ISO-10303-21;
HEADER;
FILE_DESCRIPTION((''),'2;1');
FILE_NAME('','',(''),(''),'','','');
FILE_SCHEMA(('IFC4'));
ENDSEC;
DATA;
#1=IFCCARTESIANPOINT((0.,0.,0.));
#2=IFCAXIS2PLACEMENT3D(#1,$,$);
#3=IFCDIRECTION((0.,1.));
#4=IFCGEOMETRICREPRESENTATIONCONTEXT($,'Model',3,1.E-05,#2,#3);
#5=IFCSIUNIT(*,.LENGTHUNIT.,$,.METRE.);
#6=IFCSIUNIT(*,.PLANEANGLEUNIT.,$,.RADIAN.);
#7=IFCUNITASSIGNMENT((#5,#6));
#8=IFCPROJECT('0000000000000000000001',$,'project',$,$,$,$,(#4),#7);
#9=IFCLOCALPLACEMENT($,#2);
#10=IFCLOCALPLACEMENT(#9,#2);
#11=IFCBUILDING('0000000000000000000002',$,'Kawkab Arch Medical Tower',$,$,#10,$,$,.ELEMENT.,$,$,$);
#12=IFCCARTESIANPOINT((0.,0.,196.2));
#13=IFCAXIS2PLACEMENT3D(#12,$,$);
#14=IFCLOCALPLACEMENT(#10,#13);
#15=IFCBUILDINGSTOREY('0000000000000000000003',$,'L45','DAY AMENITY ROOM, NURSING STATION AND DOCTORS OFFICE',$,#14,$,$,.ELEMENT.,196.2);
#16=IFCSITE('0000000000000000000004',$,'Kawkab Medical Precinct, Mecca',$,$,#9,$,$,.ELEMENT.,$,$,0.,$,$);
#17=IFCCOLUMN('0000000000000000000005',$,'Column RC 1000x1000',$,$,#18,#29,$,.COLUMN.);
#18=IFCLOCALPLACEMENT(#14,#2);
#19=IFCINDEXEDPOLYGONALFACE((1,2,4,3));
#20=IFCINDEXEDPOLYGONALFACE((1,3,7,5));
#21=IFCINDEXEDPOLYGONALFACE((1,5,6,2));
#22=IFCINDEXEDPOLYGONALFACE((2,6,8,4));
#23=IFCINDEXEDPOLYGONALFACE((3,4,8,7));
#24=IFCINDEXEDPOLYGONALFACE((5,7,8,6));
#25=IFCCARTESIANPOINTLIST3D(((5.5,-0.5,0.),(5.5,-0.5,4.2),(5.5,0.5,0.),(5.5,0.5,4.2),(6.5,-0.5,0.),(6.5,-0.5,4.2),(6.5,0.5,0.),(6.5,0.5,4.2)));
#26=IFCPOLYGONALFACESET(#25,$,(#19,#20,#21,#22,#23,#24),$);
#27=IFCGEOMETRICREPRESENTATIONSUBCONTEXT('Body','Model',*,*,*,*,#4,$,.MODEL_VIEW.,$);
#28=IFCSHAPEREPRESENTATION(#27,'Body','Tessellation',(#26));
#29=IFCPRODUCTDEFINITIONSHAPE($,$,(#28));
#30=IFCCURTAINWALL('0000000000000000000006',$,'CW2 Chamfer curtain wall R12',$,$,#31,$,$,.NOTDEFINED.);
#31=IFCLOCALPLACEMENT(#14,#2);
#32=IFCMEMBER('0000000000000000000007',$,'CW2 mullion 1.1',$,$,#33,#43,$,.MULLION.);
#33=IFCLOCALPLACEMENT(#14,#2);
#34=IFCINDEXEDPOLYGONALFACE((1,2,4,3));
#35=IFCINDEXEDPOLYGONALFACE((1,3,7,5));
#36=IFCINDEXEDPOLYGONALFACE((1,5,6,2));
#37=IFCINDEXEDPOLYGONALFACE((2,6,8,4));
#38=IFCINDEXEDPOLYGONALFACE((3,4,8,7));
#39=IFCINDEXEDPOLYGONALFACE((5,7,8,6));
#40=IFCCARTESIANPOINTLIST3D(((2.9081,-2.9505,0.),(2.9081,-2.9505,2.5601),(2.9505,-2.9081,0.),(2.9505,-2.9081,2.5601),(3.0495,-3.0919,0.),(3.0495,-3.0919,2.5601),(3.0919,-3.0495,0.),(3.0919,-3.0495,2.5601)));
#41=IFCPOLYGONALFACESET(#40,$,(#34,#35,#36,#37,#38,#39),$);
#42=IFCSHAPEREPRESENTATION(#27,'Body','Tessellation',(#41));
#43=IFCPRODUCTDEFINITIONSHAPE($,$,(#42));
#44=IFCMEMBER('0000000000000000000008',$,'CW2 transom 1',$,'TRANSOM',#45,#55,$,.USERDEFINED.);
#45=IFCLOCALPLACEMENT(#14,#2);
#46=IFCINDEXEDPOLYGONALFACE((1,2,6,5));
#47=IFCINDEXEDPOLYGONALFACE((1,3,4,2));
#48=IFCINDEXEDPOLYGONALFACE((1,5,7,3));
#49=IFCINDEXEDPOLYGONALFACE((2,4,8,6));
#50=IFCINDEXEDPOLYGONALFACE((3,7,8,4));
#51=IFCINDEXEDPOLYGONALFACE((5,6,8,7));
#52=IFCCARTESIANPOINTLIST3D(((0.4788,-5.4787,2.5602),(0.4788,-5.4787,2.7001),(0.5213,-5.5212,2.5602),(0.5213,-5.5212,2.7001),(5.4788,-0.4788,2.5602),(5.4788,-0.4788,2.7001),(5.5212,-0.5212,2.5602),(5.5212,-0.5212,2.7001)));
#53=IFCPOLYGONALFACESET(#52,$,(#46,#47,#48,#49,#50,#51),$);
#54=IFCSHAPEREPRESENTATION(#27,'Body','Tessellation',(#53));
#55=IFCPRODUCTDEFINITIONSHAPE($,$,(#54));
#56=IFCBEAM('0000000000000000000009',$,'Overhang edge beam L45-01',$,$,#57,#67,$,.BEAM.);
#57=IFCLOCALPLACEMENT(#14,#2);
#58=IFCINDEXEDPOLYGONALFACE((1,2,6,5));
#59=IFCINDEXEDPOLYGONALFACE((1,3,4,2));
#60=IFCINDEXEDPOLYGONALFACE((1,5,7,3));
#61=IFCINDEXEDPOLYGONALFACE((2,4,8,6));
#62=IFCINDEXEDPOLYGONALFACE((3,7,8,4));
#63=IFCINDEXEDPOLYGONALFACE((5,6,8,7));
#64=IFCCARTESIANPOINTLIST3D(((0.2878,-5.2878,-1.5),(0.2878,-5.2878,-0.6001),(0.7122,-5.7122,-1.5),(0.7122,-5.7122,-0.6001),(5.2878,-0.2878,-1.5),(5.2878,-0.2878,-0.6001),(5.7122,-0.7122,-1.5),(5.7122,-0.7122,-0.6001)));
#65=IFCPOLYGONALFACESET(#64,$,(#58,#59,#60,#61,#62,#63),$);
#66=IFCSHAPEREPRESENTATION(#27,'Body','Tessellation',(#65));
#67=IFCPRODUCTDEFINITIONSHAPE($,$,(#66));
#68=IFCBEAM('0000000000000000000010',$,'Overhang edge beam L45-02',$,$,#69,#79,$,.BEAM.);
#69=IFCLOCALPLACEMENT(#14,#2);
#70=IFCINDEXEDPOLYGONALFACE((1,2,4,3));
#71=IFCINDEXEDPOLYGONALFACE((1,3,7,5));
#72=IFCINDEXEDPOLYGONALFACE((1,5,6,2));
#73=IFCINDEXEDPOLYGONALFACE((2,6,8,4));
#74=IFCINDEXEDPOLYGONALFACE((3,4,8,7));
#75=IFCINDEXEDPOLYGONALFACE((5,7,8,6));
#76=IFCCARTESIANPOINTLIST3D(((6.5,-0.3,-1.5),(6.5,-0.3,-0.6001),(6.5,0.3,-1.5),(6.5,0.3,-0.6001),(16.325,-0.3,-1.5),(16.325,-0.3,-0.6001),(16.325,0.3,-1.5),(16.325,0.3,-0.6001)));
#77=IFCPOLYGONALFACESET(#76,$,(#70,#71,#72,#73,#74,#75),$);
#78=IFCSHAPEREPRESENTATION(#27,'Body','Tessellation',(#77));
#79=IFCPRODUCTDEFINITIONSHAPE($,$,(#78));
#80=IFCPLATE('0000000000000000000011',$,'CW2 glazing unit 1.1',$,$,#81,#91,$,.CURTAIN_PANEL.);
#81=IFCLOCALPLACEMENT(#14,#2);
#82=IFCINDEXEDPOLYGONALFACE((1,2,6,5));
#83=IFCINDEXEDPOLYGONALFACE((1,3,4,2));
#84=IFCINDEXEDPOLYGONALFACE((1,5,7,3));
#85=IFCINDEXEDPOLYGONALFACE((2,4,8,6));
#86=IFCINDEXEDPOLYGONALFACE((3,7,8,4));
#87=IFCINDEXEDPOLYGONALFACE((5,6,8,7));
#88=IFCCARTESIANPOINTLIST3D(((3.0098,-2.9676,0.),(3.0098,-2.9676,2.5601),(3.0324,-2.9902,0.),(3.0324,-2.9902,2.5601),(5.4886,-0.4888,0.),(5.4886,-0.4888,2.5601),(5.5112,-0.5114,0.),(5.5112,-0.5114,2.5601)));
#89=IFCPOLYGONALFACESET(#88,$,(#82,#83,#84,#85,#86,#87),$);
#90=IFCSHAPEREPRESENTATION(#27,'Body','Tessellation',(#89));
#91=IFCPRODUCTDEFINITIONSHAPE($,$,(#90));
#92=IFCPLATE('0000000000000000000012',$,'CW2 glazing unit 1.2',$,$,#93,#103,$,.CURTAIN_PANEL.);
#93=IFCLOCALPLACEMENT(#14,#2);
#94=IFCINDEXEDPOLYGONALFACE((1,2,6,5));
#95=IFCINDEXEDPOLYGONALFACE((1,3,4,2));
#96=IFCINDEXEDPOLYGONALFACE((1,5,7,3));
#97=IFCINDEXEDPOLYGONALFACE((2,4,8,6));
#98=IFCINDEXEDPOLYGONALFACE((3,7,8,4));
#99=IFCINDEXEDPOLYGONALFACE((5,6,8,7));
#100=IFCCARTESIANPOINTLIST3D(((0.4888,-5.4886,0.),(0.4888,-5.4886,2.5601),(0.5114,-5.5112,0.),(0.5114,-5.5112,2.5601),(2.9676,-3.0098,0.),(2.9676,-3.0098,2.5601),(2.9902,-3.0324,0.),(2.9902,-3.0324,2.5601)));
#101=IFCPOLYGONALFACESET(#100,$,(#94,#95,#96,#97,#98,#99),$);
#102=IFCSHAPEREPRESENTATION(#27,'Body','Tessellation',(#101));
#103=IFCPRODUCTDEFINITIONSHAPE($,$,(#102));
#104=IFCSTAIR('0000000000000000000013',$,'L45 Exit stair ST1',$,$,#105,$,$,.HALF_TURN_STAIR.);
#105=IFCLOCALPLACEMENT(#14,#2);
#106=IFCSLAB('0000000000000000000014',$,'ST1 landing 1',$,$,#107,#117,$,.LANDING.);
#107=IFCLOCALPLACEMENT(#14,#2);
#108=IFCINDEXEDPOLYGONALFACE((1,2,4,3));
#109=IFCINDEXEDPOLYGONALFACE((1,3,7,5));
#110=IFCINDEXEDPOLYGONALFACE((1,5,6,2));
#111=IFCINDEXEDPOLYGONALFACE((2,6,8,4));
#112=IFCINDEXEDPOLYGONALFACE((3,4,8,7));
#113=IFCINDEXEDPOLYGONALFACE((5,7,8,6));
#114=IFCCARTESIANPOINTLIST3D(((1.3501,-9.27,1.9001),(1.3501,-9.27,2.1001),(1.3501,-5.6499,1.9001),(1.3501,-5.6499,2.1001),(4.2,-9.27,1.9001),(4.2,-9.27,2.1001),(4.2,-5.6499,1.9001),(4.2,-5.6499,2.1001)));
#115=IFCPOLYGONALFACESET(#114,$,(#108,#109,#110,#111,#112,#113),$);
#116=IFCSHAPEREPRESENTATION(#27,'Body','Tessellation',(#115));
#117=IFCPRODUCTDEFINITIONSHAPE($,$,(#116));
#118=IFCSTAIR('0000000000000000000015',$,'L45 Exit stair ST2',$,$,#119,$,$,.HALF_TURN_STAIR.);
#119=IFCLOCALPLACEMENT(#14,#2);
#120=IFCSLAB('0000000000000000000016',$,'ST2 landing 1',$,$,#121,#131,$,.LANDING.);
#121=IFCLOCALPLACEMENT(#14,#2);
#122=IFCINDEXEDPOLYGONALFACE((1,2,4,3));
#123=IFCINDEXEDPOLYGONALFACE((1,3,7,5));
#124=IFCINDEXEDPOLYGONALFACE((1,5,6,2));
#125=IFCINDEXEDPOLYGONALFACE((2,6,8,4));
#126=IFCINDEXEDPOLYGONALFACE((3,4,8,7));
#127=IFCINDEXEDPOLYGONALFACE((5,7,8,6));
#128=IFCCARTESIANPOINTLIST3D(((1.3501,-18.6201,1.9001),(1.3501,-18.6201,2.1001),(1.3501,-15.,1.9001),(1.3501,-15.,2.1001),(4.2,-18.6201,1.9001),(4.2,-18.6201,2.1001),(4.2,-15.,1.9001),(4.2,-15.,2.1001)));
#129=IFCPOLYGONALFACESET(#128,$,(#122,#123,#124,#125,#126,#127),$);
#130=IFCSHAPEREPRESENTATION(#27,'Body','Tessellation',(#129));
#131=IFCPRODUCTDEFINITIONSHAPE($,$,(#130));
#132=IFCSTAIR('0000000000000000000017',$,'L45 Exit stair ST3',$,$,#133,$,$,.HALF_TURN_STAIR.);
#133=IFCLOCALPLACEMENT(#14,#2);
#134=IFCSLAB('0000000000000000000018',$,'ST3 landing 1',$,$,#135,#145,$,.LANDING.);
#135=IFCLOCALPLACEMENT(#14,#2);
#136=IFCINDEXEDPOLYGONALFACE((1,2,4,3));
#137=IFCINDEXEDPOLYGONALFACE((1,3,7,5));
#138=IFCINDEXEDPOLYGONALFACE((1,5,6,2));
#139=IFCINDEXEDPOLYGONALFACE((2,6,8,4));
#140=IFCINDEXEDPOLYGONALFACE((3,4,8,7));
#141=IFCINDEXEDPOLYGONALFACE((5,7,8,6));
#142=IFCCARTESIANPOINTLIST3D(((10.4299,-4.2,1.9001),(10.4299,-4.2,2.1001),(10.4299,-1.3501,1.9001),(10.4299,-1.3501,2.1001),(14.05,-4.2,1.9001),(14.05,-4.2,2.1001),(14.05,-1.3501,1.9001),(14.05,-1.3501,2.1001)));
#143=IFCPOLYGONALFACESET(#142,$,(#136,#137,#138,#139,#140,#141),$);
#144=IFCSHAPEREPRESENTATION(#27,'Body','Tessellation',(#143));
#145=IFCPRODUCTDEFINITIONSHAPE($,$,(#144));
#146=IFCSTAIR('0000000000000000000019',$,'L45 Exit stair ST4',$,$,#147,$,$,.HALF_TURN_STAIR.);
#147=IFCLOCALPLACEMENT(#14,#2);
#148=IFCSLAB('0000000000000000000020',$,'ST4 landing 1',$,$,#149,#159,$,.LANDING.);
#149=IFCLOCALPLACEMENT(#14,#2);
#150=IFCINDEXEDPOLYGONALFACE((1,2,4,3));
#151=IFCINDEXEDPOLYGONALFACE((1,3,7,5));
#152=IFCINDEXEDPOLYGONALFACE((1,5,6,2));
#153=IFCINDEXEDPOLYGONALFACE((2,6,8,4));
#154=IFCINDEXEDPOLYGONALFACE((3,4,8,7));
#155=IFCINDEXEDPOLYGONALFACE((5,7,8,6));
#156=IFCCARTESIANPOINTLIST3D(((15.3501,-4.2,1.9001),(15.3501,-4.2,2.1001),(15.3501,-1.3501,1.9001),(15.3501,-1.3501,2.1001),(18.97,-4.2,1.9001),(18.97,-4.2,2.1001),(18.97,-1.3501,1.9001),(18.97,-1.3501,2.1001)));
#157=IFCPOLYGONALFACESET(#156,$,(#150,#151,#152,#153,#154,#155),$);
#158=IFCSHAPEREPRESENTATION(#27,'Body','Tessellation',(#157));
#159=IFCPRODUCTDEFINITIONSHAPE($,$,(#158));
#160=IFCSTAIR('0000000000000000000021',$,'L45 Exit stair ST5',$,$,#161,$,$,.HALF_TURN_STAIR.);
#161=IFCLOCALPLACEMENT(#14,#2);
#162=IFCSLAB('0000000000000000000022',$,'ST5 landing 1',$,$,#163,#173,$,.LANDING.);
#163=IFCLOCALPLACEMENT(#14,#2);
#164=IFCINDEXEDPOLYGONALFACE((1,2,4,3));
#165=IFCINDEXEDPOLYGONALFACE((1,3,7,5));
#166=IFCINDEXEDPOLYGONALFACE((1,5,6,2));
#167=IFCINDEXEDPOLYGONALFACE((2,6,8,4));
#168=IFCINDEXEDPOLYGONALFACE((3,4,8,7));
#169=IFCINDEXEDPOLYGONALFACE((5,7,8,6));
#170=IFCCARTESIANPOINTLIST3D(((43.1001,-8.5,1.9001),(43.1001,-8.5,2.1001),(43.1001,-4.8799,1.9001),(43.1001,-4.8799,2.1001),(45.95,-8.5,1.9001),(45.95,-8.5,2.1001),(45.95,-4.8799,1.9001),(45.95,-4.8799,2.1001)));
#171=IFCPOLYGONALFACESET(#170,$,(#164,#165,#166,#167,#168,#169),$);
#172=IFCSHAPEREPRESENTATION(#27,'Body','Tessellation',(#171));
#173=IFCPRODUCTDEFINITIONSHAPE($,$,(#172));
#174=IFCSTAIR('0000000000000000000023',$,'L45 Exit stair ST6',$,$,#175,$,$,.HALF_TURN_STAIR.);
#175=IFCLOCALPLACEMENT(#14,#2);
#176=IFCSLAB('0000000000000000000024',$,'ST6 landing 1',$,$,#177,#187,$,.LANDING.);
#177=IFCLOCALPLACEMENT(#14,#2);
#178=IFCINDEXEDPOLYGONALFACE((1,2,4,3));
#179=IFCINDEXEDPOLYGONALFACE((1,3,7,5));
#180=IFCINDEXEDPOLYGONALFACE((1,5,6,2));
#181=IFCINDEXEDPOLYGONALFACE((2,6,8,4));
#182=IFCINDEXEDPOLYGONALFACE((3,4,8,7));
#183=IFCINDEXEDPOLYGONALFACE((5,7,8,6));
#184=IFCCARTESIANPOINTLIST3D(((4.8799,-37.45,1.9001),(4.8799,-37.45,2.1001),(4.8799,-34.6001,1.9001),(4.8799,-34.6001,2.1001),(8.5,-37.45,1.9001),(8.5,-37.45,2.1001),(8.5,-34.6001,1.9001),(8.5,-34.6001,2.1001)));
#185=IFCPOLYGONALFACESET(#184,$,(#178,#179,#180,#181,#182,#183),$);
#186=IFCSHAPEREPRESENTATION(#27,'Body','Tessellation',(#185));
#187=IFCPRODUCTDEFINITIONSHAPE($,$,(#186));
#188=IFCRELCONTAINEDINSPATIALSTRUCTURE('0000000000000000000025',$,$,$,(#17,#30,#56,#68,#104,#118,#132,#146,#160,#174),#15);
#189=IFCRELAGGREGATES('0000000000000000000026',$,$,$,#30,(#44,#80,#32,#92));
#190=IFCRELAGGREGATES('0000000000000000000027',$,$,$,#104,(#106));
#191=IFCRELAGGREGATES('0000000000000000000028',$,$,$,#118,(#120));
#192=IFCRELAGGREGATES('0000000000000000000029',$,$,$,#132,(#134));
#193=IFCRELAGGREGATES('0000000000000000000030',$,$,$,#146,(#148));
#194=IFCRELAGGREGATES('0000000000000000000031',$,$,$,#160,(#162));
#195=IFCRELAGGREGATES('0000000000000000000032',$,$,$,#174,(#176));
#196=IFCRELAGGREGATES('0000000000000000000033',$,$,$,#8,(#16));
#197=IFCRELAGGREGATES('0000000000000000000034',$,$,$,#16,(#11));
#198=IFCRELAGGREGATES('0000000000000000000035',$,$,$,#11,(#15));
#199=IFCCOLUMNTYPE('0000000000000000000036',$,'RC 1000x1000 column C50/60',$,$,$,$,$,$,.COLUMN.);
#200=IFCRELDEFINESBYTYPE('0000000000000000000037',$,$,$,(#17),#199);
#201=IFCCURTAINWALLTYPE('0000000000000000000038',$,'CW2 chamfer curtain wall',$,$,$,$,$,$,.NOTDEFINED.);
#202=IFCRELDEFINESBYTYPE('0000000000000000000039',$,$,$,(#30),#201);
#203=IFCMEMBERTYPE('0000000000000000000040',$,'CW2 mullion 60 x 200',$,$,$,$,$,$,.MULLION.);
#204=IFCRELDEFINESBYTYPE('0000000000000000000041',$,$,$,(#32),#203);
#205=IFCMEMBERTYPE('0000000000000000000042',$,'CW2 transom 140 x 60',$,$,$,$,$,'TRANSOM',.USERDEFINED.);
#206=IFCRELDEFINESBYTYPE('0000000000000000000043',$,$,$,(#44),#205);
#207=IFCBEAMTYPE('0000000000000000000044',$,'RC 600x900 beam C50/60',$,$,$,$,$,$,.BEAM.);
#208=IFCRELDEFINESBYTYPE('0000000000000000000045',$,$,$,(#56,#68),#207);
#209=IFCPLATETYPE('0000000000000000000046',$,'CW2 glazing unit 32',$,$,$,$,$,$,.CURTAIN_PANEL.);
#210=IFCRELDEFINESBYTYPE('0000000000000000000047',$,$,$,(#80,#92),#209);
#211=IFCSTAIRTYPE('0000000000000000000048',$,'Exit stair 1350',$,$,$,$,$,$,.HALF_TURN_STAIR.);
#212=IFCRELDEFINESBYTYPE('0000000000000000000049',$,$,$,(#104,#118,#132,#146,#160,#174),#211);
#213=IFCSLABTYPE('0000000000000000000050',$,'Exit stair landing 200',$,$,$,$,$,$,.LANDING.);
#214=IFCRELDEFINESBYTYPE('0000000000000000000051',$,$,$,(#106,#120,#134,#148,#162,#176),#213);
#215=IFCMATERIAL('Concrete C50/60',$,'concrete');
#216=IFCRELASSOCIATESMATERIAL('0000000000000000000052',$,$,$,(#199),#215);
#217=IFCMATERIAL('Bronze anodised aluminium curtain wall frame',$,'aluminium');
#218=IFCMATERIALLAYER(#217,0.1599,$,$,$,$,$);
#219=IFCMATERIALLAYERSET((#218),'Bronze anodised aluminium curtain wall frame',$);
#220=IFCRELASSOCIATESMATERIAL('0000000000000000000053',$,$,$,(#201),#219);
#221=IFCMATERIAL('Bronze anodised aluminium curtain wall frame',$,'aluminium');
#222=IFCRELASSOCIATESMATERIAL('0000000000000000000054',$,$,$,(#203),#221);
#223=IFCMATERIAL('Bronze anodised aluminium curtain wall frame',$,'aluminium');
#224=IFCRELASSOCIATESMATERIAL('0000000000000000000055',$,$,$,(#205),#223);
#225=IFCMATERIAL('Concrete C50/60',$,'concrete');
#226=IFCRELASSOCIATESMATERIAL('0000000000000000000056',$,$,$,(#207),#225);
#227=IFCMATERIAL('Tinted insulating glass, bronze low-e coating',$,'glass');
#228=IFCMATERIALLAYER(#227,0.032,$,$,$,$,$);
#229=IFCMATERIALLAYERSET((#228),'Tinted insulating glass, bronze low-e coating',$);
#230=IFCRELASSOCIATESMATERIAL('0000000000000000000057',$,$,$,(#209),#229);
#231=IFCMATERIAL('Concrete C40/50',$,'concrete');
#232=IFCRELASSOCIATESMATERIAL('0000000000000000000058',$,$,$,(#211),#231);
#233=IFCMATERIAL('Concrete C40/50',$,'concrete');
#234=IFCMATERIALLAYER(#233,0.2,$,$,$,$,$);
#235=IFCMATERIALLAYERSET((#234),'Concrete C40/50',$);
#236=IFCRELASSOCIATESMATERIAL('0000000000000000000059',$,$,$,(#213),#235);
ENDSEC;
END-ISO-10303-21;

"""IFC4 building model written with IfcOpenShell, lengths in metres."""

from ifc_helpers import new_model, si_unit, direction, frame, origin, origin_2d, place, context, subcontext, project, spatial, polyline, rectangle, outline, extrude, material, layer, layer_set, material_profile, profile_set, type_object, element, aggregate, save


model = new_model("IFC4")

# Units and contexts
model_context = context("Model", 3, precision=1e-05, world=origin(), true_north=direction((0.0, 1.0)))
body_context = subcontext(model_context, "Body", "Model", "MODEL_VIEW")
ifc_project = project(units=[si_unit("LENGTHUNIT", "METRE"), si_unit("PLANEANGLEUNIT", "RADIAN")], contexts=[model_context])

# Site, building, storey
site_placement = place(None, origin())
site = spatial("IfcSite", under=ifc_project, at=site_placement, Name="Kawkab Medical Precinct, Mecca", CompositionType="ELEMENT", RefElevation=0.0)
building_placement = place(site_placement, origin())
building = spatial("IfcBuilding", under=site, at=building_placement, Name="Kawkab Arch Medical Tower", CompositionType="ELEMENT")
storey_placement = place(building_placement, frame((0.0, 0.0, 196.2)))
storey = spatial("IfcBuildingStorey", under=building, at=storey_placement, Name="L45", Description="DAY AMENITY ROOM, NURSING STATION AND DOCTORS OFFICE", CompositionType="ELEMENT", Elevation=196.2)

# Column
ifc_material_1 = material(Name="Concrete C50/60", Category="concrete")
ifc_material_profile_1 = material_profile(ifc_material_1, rectangle(XDim=1.0, YDim=1.0, at=origin_2d()), Name="RC 1000x1000")
ifc_profile_set_1 = profile_set([ifc_material_profile_1], Name="Concrete C50/60")
column_type = type_object("IfcColumnType", Name="RC 1000x1000 column C50/60", PredefinedType="COLUMN", material=ifc_profile_set_1)
column_placement = place(storey_placement, frame((6.0, 0.0, 0.0), z_axis=(0.0, 0.0, 1.0), x_axis=(1.0, 0.0, 0.0)))
element("IfcColumn", 1, at=column_placement, inside=storey, type_object=column_type, Name="Column RC 1000x1000", PredefinedType="COLUMN", context=body_context, shape_type="SweptSolid", body=[
    extrude(rectangle(XDim=1.0, YDim=1.0, at=origin_2d()), origin(), (0.0, 0.0, 1.0), 4.2),
])

# Curtain wall, members
ifc_material_2 = material(Name="Bronze anodised aluminium curtain wall frame", Category="aluminium")
ifc_layer_1 = layer(ifc_material_2, 0.1599)
ifc_layer_set_1 = layer_set([ifc_layer_1], Name="Bronze anodised aluminium curtain wall frame")
curtain_wall_type = type_object("IfcCurtainWallType", Name="CW2 chamfer curtain wall", PredefinedType="NOTDEFINED", material=ifc_layer_set_1)
placement_1 = place(storey_placement, origin())
curtain_wall = element("IfcCurtainWall", 2, at=placement_1, inside=storey, type_object=curtain_wall_type, Name="CW2 Chamfer curtain wall R12", PredefinedType="NOTDEFINED")
ifc_material_3 = material(Name="Bronze anodised aluminium curtain wall frame", Category="aluminium")
ifc_material_profile_2 = material_profile(ifc_material_3, rectangle(XDim=0.2, YDim=0.0601, at=origin_2d()), Name="AL 60x200")
ifc_profile_set_2 = profile_set([ifc_material_profile_2], Name="Bronze anodised aluminium curtain wall frame")
member_type_1 = type_object("IfcMemberType", Name="CW2 mullion 60 x 200", PredefinedType="MULLION", material=ifc_profile_set_2)
member_1_placement = place(storey_placement, frame((3.0, -3.0, 0.0), z_axis=(0.0, 0.0, 1.0), x_axis=(0.707107, -0.707107, 0.0)))
member_1 = element("IfcMember", 3, at=member_1_placement, type_object=member_type_1, Name="CW2 mullion 1.1", PredefinedType="MULLION", context=body_context, shape_type="SweptSolid", body=[
    extrude(rectangle(XDim=0.2, YDim=0.0601, at=origin_2d()), origin(), (0.0, 0.0, 1.0), 2.5601),
])
ifc_material_4 = material(Name="Bronze anodised aluminium curtain wall frame", Category="aluminium")
ifc_material_profile_3 = material_profile(ifc_material_4, rectangle(XDim=0.0601, YDim=0.1399, at=origin_2d()), Name="AL 60x140")
ifc_profile_set_3 = profile_set([ifc_material_profile_3], Name="Bronze anodised aluminium curtain wall frame")
member_type_2 = type_object("IfcMemberType", Name="CW2 transom 140 x 60", ElementType="TRANSOM", PredefinedType="USERDEFINED", material=ifc_profile_set_3)
member_2_placement = place(storey_placement, frame((5.5, -0.5, 2.6301), z_axis=(-0.707107, -0.707107, 0.0), x_axis=(0.707107, -0.707107, 0.0)))
member_2 = element("IfcMember", 4, at=member_2_placement, type_object=member_type_2, Name="CW2 transom 1", ObjectType="TRANSOM", PredefinedType="USERDEFINED", context=body_context, shape_type="SweptSolid", body=[
    extrude(rectangle(XDim=0.0601, YDim=0.1399, at=origin_2d()), origin(), (0.0, 0.0, 1.0), 7.071),
])

# Beams
ifc_material_5 = material(Name="Concrete C50/60", Category="concrete")
ifc_material_profile_4 = material_profile(ifc_material_5, rectangle(XDim=0.6001, YDim=0.8999, at=origin_2d()), Name="RC 600x900")
ifc_profile_set_4 = profile_set([ifc_material_profile_4], Name="Concrete C50/60")
beam_type = type_object("IfcBeamType", Name="RC 600x900 beam C50/60", PredefinedType="BEAM", material=ifc_profile_set_4)
beam_1_placement = place(storey_placement, frame((0.5, -5.5, -1.05), z_axis=(0.707107, 0.707107, 0.0), x_axis=(-0.707107, 0.707107, 0.0)))
element("IfcBeam", 5, at=beam_1_placement, inside=storey, type_object=beam_type, Name="Overhang edge beam L45-01", PredefinedType="BEAM", context=body_context, shape_type="SweptSolid", body=[
    extrude(rectangle(XDim=0.6001, YDim=0.8999, at=origin_2d()), origin(), (0.0, 0.0, 1.0), 7.071),
])
beam_2_placement = place(storey_placement, frame((6.5, 0.0, -1.05), z_axis=(1.0, 0.0, 0.0), x_axis=(0.0, 1.0, 0.0)))
element("IfcBeam", 6, at=beam_2_placement, inside=storey, type_object=beam_type, Name="Overhang edge beam L45-02", PredefinedType="BEAM", context=body_context, shape_type="SweptSolid", body=[
    extrude(rectangle(XDim=0.6001, YDim=0.8999, at=origin_2d()), origin(), (0.0, 0.0, 1.0), 9.825),
])

# Plates
ifc_material_6 = material(Name="Tinted insulating glass, bronze low-e coating", Category="glass")
ifc_layer_2 = layer(ifc_material_6, 0.032)
ifc_layer_set_2 = layer_set([ifc_layer_2], Name="Tinted insulating glass, bronze low-e coating")
plate_type = type_object("IfcPlateType", Name="CW2 glazing unit 32", PredefinedType="CURTAIN_PANEL", material=ifc_layer_set_2)
plate_1_placement = place(storey_placement, frame((4.2605, -1.7395, 0.0), z_axis=(0.0, 0.0, 1.0), x_axis=(-0.707107, -0.707107, 0.0)))
plate_1 = element("IfcPlate", 7, at=plate_1_placement, type_object=plate_type, Name="CW2 glazing unit 1.1", PredefinedType="CURTAIN_PANEL", context=body_context, shape_type="SweptSolid", body=[
    extrude(rectangle(XDim=3.5056, YDim=0.032, at=origin_2d()), origin(), (0.0, 0.0, 1.0), 2.5601),
])
plate_2_placement = place(storey_placement, frame((1.7395, -4.2605, 0.0), z_axis=(0.0, 0.0, 1.0), x_axis=(-0.707107, -0.707107, 0.0)))
plate_2 = element("IfcPlate", 8, at=plate_2_placement, type_object=plate_type, Name="CW2 glazing unit 1.2", PredefinedType="CURTAIN_PANEL", context=body_context, shape_type="SweptSolid", body=[
    extrude(rectangle(XDim=3.5056, YDim=0.032, at=origin_2d()), origin(), (0.0, 0.0, 1.0), 2.5601),
])
aggregate(curtain_wall, [member_2, plate_1, member_1, plate_2])

# Stairs, slabs
ifc_material_7 = material(Name="Concrete C40/50", Category="concrete")
stair_type = type_object("IfcStairType", Name="Exit stair 1350", PredefinedType="HALF_TURN_STAIR", material=ifc_material_7)
stair_1 = element("IfcStair", 9, at=placement_1, inside=storey, type_object=stair_type, Name="L45 Exit stair ST1", PredefinedType="HALF_TURN_STAIR")
ifc_material_8 = material(Name="Concrete C40/50", Category="concrete")
ifc_layer_3 = layer(ifc_material_8, 0.2)
ifc_layer_set_3 = layer_set([ifc_layer_3], Name="Concrete C40/50")
slab_type_1 = type_object("IfcSlabType", Name="Exit stair landing 200", PredefinedType="LANDING", material=ifc_layer_set_3)
placement_2 = place(storey_placement, frame((0.0, 0.0, 1.9001)))
slab_1 = element("IfcSlab", 10, at=placement_2, type_object=slab_type_1, Name="ST1 landing 1", PredefinedType="LANDING", context=body_context, shape_type="SweptSolid", body=[
    extrude(outline(polyline([(4.2, -9.27), (4.2, -5.6499), (1.3501, -5.6499), (1.3501, -9.27), (4.2, -9.27)])), origin(), (0.0, 0.0, 1.0), 0.2),
])
aggregate(stair_1, [slab_1])
stair_2 = element("IfcStair", 11, at=placement_1, inside=storey, type_object=stair_type, Name="L45 Exit stair ST2", PredefinedType="HALF_TURN_STAIR")
slab_2 = element("IfcSlab", 12, at=placement_2, type_object=slab_type_1, Name="ST2 landing 1", PredefinedType="LANDING", context=body_context, shape_type="SweptSolid", body=[
    extrude(outline(polyline([(4.2, -18.6201), (4.2, -15.0), (1.3501, -15.0), (1.3501, -18.6201), (4.2, -18.6201)])), origin(), (0.0, 0.0, 1.0), 0.2),
])
aggregate(stair_2, [slab_2])
stair_3 = element("IfcStair", 13, at=placement_1, inside=storey, type_object=stair_type, Name="L45 Exit stair ST3", PredefinedType="HALF_TURN_STAIR")
slab_3 = element("IfcSlab", 14, at=placement_2, type_object=slab_type_1, Name="ST3 landing 1", PredefinedType="LANDING", context=body_context, shape_type="SweptSolid", body=[
    extrude(outline(polyline([(10.4299, -4.2), (14.05, -4.2), (14.05, -1.3501), (10.4299, -1.3501), (10.4299, -4.2)])), origin(), (0.0, 0.0, 1.0), 0.2),
])
aggregate(stair_3, [slab_3])
stair_4 = element("IfcStair", 15, at=placement_1, inside=storey, type_object=stair_type, Name="L45 Exit stair ST4", PredefinedType="HALF_TURN_STAIR")
slab_4 = element("IfcSlab", 16, at=placement_2, type_object=slab_type_1, Name="ST4 landing 1", PredefinedType="LANDING", context=body_context, shape_type="SweptSolid", body=[
    extrude(outline(polyline([(18.97, -1.3501), (15.3501, -1.3501), (15.3501, -4.2), (18.97, -4.2), (18.97, -1.3501)])), origin(), (0.0, 0.0, 1.0), 0.2),
])
aggregate(stair_4, [slab_4])
stair_5 = element("IfcStair", 17, at=placement_1, inside=storey, type_object=stair_type, Name="L45 Exit stair ST5", PredefinedType="HALF_TURN_STAIR")
slab_5 = element("IfcSlab", 18, at=placement_2, type_object=slab_type_1, Name="ST5 landing 1", PredefinedType="LANDING", context=body_context, shape_type="SweptSolid", body=[
    extrude(outline(polyline([(43.1001, -4.8799), (43.1001, -8.5), (45.95, -8.5), (45.95, -4.8799), (43.1001, -4.8799)])), origin(), (0.0, 0.0, 1.0), 0.2),
])
aggregate(stair_5, [slab_5])
stair_6 = element("IfcStair", 19, at=placement_1, inside=storey, type_object=stair_type, Name="L45 Exit stair ST6", PredefinedType="HALF_TURN_STAIR")
slab_6 = element("IfcSlab", 20, at=placement_2, type_object=slab_type_1, Name="ST6 landing 1", PredefinedType="LANDING", context=body_context, shape_type="SweptSolid", body=[
    extrude(outline(polyline([(4.8799, -37.45), (8.5, -37.45), (8.5, -34.6001), (4.8799, -34.6001), (4.8799, -37.45)])), origin(), (0.0, 0.0, 1.0), 0.2),
])
aggregate(stair_6, [slab_6])

save(model, "model.ifc")
